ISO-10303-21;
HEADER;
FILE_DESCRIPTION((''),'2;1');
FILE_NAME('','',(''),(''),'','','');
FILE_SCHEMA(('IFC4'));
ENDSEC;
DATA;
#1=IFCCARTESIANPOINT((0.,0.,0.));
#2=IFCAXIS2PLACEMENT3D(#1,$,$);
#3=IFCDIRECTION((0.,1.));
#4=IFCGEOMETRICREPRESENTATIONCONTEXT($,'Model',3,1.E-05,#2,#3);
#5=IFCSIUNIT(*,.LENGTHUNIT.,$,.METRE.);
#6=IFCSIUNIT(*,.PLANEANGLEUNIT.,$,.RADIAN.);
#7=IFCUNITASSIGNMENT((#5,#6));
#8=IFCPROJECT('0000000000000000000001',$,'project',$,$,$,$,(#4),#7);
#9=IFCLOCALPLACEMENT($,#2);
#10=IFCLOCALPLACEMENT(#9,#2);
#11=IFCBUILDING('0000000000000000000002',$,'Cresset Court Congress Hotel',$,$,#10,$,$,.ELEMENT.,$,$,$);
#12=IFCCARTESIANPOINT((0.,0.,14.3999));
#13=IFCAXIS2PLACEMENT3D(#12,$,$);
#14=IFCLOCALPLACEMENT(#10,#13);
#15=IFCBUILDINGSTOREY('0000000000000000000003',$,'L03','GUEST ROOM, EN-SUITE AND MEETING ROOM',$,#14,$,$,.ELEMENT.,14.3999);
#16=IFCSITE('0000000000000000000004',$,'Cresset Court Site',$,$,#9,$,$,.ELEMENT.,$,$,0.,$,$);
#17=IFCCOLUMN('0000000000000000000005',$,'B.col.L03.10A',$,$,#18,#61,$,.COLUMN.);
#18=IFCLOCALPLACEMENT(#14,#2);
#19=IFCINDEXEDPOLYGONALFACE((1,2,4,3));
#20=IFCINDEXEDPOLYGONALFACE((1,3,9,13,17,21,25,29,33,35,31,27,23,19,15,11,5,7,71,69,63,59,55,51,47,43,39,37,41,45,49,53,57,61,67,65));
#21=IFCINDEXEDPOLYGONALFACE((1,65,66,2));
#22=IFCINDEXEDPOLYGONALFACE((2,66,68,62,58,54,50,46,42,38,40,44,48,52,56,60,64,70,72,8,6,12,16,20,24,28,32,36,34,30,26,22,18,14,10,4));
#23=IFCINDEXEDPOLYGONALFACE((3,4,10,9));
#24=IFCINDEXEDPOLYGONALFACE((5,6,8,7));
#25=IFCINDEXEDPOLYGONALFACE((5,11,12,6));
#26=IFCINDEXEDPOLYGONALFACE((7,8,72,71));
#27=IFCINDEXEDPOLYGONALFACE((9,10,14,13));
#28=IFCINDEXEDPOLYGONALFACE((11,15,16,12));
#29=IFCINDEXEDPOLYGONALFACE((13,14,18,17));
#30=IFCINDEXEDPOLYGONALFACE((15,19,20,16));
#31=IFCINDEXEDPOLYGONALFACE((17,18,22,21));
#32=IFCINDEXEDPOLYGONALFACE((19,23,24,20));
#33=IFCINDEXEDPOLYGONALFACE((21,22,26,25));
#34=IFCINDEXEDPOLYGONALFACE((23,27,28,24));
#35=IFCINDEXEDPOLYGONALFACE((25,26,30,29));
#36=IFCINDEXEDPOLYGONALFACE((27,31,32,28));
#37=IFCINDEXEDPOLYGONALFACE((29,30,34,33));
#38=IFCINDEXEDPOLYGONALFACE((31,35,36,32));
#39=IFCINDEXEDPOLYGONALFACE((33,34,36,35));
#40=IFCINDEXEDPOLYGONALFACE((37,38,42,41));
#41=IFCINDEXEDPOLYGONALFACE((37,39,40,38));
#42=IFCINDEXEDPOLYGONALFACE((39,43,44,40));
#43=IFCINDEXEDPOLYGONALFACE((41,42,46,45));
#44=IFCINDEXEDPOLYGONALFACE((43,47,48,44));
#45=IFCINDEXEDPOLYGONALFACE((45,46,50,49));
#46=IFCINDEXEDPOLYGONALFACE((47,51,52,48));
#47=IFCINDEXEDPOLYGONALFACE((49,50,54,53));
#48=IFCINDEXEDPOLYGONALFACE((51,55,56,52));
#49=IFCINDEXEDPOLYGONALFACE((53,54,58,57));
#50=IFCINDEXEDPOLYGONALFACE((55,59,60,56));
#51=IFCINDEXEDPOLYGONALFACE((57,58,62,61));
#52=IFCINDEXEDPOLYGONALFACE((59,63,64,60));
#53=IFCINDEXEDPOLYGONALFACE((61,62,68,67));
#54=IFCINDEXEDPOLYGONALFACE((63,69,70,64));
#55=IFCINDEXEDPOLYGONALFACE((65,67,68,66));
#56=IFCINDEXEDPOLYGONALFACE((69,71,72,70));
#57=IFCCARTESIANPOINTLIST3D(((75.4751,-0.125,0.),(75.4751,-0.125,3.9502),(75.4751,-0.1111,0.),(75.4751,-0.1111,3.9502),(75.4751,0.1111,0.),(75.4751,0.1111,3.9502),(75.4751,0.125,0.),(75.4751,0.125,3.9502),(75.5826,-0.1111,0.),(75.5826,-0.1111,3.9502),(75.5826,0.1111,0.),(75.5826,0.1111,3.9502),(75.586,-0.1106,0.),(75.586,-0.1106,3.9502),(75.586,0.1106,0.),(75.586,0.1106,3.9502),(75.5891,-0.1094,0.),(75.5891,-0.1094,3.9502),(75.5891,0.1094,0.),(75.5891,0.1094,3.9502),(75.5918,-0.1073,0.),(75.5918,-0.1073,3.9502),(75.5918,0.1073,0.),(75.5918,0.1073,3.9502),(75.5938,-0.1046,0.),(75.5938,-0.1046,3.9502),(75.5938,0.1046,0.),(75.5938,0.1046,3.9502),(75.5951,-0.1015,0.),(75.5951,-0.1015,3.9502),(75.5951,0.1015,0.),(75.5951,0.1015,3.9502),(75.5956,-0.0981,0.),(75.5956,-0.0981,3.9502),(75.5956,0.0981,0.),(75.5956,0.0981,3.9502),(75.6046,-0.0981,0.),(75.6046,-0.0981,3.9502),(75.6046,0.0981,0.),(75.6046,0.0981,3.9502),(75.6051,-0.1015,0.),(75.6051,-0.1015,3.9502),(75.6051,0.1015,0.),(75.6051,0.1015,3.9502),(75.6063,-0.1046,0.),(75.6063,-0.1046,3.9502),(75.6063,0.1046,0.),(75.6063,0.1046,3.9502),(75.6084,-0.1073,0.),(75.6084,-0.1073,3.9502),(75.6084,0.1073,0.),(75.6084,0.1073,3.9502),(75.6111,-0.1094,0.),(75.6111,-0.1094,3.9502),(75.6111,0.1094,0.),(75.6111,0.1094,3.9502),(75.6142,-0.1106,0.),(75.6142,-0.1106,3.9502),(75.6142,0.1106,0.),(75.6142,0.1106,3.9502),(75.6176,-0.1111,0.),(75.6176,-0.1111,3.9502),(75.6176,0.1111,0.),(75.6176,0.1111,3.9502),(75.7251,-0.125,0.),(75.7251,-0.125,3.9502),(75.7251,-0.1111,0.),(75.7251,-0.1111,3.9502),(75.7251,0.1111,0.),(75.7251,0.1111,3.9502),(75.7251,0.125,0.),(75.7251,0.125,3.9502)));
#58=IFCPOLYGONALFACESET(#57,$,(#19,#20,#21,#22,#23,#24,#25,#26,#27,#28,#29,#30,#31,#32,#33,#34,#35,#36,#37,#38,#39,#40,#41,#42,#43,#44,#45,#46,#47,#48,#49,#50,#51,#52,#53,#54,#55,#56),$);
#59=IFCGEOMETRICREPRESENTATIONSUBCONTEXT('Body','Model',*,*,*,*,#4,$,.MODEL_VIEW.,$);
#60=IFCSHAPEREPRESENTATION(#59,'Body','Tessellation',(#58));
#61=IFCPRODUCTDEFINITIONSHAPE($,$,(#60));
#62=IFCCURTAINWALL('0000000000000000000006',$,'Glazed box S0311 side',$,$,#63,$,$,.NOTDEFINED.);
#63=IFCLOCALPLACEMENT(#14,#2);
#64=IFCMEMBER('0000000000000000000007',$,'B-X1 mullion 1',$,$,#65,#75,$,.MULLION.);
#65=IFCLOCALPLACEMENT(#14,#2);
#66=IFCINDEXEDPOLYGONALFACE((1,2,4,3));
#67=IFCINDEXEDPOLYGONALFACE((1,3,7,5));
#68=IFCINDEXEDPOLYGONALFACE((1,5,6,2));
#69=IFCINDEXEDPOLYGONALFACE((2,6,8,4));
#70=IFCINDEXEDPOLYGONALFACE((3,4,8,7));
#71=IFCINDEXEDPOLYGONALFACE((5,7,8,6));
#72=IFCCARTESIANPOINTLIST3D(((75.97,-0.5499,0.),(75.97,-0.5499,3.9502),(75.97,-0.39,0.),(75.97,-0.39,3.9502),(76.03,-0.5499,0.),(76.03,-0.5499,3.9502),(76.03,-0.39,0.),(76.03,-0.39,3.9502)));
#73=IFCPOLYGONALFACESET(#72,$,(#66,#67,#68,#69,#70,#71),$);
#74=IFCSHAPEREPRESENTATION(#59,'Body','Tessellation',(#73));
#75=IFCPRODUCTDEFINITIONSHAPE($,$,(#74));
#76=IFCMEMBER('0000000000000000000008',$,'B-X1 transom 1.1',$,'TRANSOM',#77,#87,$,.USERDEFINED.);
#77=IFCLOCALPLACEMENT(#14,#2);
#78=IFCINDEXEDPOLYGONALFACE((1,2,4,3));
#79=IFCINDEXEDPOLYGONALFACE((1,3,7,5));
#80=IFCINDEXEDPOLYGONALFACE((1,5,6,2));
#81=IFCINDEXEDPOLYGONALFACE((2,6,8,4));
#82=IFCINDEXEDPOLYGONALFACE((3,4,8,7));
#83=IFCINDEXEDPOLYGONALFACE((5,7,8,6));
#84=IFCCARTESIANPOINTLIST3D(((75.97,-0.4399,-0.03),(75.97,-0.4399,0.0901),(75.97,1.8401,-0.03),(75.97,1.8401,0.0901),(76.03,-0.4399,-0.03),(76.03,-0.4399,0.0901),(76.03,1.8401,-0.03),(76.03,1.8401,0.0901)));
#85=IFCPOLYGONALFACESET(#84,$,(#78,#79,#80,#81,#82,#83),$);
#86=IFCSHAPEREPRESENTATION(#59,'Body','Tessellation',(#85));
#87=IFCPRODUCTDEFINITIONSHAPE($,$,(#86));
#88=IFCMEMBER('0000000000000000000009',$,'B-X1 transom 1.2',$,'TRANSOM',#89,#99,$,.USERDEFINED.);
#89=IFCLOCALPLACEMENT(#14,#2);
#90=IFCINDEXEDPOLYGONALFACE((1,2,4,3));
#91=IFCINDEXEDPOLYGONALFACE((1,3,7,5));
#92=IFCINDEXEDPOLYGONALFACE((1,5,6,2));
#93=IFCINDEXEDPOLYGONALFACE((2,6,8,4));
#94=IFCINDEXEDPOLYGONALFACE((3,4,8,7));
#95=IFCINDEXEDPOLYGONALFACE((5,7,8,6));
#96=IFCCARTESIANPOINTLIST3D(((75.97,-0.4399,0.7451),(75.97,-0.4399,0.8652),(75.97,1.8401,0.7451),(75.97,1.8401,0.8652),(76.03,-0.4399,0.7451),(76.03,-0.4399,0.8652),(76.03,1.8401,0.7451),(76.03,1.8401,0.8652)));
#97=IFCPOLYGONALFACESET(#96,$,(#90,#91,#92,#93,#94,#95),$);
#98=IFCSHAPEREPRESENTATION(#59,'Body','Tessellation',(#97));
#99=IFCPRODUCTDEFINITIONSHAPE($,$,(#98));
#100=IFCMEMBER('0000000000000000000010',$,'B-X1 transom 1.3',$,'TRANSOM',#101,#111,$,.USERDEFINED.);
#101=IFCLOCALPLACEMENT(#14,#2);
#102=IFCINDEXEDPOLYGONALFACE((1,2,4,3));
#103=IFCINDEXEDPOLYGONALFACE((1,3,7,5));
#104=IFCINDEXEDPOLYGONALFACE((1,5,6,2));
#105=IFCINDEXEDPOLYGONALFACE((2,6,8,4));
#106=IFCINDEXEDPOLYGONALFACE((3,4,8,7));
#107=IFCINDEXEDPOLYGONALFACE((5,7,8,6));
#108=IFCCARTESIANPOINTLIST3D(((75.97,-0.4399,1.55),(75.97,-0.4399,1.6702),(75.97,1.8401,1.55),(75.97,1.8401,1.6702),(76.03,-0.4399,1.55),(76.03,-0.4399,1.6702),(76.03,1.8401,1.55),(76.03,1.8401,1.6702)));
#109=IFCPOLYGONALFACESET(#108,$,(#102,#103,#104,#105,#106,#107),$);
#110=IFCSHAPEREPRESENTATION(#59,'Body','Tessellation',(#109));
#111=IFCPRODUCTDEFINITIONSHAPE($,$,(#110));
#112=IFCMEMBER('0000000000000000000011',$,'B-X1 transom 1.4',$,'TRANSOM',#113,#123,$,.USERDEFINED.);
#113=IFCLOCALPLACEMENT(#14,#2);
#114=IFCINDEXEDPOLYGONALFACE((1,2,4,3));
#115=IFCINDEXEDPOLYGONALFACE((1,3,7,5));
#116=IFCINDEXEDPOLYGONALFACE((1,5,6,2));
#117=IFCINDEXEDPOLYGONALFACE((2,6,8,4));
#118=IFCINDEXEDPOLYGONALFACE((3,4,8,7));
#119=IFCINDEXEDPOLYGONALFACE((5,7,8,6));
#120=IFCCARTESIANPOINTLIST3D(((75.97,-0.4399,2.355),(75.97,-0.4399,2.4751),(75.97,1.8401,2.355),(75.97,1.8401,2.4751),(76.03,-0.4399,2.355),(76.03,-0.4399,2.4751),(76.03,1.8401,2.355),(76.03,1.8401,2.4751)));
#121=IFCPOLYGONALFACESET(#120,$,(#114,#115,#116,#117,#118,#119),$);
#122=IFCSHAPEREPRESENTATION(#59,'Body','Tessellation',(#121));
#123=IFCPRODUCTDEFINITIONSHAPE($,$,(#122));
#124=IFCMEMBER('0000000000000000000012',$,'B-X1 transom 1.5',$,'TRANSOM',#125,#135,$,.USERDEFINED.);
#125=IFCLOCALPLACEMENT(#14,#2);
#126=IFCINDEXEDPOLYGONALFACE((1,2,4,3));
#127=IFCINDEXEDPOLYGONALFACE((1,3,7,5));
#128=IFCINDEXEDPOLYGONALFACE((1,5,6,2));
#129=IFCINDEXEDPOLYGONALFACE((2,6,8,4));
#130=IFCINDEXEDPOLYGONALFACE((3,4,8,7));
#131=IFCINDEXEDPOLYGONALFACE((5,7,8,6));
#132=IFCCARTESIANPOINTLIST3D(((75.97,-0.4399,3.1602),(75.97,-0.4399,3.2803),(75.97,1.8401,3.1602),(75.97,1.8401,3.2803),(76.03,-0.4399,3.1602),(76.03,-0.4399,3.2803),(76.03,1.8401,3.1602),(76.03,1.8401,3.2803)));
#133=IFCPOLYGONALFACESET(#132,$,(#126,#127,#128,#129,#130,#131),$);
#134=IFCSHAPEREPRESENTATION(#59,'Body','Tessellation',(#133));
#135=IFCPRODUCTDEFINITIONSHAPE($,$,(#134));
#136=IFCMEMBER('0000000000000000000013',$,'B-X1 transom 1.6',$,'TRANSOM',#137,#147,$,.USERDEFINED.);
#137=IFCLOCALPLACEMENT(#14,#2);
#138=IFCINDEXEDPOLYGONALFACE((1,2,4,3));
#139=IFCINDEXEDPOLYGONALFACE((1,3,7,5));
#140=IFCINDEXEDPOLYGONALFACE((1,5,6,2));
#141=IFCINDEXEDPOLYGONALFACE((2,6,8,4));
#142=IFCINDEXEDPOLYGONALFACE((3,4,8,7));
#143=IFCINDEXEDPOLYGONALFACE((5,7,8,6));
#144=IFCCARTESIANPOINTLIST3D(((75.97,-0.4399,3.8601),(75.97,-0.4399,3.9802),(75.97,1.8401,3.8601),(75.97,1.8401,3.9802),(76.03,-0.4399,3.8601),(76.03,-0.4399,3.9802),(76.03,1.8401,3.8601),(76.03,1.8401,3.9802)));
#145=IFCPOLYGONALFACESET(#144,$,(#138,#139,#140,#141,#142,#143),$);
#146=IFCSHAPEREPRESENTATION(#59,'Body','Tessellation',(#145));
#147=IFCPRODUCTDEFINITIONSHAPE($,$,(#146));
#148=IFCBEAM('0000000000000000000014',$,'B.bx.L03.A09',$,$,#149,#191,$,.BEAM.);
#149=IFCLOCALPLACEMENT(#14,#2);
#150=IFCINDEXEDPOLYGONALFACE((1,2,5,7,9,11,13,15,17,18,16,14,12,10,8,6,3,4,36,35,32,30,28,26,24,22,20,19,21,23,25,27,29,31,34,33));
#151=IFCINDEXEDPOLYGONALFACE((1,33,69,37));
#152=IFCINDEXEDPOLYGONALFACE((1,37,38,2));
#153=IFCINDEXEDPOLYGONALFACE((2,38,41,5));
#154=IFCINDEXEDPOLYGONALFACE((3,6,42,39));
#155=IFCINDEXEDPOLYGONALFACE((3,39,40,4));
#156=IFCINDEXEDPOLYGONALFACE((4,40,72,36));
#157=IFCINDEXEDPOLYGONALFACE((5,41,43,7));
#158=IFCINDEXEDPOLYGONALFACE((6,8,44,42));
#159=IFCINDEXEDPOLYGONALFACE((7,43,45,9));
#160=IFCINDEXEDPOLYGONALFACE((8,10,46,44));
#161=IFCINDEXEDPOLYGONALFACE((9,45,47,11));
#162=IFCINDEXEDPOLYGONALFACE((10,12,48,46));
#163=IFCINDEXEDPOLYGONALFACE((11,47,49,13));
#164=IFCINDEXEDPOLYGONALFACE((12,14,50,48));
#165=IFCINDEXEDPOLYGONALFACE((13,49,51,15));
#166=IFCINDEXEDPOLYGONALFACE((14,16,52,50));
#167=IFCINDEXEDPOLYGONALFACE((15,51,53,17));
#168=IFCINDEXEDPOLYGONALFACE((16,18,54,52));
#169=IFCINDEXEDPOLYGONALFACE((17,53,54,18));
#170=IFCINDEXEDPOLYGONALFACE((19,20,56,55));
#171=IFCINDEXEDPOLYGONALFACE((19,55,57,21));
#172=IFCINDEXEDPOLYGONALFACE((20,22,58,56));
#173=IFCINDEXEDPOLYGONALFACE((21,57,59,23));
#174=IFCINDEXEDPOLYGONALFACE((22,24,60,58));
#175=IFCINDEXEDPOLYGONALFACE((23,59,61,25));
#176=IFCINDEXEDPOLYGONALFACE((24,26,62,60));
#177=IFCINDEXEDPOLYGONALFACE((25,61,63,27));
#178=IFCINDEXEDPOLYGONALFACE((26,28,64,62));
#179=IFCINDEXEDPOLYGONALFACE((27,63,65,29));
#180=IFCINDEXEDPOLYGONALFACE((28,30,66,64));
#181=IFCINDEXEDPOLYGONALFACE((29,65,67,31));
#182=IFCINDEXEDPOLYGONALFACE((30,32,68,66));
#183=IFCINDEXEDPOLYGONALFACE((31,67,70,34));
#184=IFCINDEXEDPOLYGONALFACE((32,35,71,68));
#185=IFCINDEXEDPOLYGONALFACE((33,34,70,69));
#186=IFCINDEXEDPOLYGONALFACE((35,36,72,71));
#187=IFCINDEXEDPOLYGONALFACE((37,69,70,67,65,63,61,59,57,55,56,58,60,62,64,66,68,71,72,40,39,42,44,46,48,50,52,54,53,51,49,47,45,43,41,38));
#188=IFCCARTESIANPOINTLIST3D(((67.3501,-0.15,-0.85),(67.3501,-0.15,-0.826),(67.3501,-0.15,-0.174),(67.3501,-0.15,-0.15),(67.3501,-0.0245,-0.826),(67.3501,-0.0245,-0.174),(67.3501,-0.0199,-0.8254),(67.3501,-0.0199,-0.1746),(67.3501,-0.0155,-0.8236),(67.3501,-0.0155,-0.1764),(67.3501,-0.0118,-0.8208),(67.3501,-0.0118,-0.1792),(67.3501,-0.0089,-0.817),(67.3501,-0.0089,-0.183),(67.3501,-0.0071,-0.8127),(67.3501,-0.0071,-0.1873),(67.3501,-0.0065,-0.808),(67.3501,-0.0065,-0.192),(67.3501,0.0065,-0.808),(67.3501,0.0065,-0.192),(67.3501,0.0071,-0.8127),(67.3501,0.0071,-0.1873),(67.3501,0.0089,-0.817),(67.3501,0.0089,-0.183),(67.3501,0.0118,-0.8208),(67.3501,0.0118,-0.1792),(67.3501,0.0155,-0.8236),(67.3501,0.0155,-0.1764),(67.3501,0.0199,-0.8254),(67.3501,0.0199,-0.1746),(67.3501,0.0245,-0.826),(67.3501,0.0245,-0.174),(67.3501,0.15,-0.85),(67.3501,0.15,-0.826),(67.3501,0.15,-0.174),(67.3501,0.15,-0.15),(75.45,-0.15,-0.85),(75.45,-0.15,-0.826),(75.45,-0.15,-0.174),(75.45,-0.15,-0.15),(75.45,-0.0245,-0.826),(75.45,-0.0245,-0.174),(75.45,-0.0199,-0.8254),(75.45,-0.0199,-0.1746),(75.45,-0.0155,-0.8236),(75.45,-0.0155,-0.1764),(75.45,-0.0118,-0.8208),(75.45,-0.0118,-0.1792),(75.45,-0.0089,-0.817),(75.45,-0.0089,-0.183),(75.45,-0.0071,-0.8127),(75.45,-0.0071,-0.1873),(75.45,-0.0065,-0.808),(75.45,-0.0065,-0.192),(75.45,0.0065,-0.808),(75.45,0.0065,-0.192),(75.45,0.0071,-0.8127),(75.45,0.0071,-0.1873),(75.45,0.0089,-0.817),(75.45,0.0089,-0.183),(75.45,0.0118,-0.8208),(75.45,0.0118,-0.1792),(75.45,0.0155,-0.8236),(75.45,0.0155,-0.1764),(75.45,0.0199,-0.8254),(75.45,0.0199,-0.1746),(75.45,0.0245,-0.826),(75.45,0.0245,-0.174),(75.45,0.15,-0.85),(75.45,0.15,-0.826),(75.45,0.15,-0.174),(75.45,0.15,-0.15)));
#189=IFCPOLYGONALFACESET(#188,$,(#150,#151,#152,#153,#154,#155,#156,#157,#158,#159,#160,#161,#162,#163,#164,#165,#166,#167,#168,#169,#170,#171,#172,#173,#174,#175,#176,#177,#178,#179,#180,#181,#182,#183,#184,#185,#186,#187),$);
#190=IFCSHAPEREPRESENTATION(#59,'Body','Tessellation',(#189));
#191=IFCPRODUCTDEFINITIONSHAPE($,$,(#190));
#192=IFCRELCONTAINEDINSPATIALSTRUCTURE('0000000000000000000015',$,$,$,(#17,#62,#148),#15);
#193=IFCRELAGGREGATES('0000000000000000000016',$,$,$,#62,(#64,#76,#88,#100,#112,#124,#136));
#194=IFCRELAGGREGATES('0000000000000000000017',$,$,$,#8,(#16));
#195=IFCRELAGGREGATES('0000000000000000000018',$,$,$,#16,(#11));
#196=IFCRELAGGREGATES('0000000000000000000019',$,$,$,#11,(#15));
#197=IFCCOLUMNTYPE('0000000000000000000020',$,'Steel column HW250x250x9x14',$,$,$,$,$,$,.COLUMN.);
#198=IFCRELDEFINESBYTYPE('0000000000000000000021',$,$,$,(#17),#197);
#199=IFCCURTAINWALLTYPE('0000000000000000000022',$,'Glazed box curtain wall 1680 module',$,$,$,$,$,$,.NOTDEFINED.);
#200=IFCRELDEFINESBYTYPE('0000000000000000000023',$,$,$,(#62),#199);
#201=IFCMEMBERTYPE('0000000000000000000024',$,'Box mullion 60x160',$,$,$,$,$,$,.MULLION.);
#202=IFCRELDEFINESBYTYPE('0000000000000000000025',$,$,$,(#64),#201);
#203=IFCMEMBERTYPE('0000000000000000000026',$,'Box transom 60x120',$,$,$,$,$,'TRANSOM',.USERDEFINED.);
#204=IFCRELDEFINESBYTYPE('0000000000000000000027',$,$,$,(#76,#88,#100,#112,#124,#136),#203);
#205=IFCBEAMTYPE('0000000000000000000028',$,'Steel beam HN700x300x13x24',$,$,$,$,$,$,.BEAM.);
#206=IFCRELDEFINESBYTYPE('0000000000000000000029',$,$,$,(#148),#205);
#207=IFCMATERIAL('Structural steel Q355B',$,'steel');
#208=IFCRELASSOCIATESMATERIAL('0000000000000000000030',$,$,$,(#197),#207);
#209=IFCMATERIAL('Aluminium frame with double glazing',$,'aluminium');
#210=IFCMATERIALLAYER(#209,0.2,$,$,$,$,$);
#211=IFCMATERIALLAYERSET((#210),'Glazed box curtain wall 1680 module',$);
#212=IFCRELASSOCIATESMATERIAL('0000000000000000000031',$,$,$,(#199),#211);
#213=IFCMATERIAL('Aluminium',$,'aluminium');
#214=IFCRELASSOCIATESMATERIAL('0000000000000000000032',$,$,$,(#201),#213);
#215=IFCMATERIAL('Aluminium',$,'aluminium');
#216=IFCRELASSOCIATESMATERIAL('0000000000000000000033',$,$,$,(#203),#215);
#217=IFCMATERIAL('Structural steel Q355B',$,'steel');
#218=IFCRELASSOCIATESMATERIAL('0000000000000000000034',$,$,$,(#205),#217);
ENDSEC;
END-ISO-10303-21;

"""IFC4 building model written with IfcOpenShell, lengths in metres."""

from ifc_helpers import new_model, si_unit, direction, frame, origin, origin_2d, place, context, subcontext, project, spatial, rectangle, i_section, extrude, material, layer, layer_set, material_profile, profile_set, type_object, element, aggregate, save


model = new_model("IFC4")

# Units and contexts
model_context = context("Model", 3, precision=1e-05, world=origin(), true_north=direction((0.0, 1.0)))
body_context = subcontext(model_context, "Body", "Model", "MODEL_VIEW")
ifc_project = project(units=[si_unit("LENGTHUNIT", "METRE"), si_unit("PLANEANGLEUNIT", "RADIAN")], contexts=[model_context])

# Site, building, storey
site_placement = place(None, origin())
site = spatial("IfcSite", under=ifc_project, at=site_placement, Name="Cresset Court Site", CompositionType="ELEMENT", RefElevation=0.0)
building_placement = place(site_placement, origin())
building = spatial("IfcBuilding", under=site, at=building_placement, Name="Cresset Court Congress Hotel", CompositionType="ELEMENT")
storey_placement = place(building_placement, frame((0.0, 0.0, 14.3999)))
storey = spatial("IfcBuildingStorey", under=building, at=storey_placement, Name="L03", Description="GUEST ROOM, EN-SUITE AND MEETING ROOM", CompositionType="ELEMENT", Elevation=14.3999)

# Column
ifc_material_1 = material(Name="Structural steel Q355B", Category="steel")
ifc_material_profile_1 = material_profile(ifc_material_1, i_section(OverallWidth=0.25, OverallDepth=0.25, WebThickness=0.009, FlangeThickness=0.0139, FilletRadius=0.0129, at=origin_2d()), Name="HW250x250x9x14")
ifc_profile_set_1 = profile_set([ifc_material_profile_1], Name="Structural steel Q355B")
column_type = type_object("IfcColumnType", Name="Steel column HW250x250x9x14", PredefinedType="COLUMN", material=ifc_profile_set_1)
column_placement = place(storey_placement, frame((75.6001, 0.0, 0.0), z_axis=(0.0, 0.0, 1.0), x_axis=(1.0, 0.0, 0.0)))
element("IfcColumn", 1, at=column_placement, inside=storey, type_object=column_type, Name="B.col.L03.10A", PredefinedType="COLUMN", context=body_context, shape_type="SweptSolid", body=[
    extrude(i_section(OverallWidth=0.25, OverallDepth=0.25, WebThickness=0.009, FlangeThickness=0.0139, FilletRadius=0.0129, at=origin_2d()), origin(), (0.0, 0.0, 1.0), 3.9502),
])

# Curtain wall, members
ifc_material_2 = material(Name="Aluminium frame with double glazing", Category="aluminium")
ifc_layer = layer(ifc_material_2, 0.2)
ifc_layer_set = layer_set([ifc_layer], Name="Glazed box curtain wall 1680 module")
curtain_wall_type = type_object("IfcCurtainWallType", Name="Glazed box curtain wall 1680 module", PredefinedType="NOTDEFINED", material=ifc_layer_set)
curtain_wall_placement = place(storey_placement, origin())
curtain_wall = element("IfcCurtainWall", 2, at=curtain_wall_placement, inside=storey, type_object=curtain_wall_type, Name="Glazed box S0311 side", PredefinedType="NOTDEFINED")
ifc_material_3 = material(Name="Aluminium", Category="aluminium")
ifc_material_profile_2 = material_profile(ifc_material_3, rectangle(XDim=0.0601, YDim=0.1599, at=origin_2d()), Name="Box mullion 60x160")
ifc_profile_set_2 = profile_set([ifc_material_profile_2], Name="Aluminium")
member_type_1 = type_object("IfcMemberType", Name="Box mullion 60x160", PredefinedType="MULLION", material=ifc_profile_set_2)
member_1_placement = place(storey_placement, frame((76.0, -0.47, 0.0), z_axis=(0.0, 0.0, 1.0), x_axis=(-1.0, 0.0, 0.0)))
member_1 = element("IfcMember", 3, at=member_1_placement, type_object=member_type_1, Name="B-X1 mullion 1", PredefinedType="MULLION", context=body_context, shape_type="SweptSolid", body=[
    extrude(rectangle(XDim=0.0601, YDim=0.1599, at=origin_2d()), origin(), (0.0, 0.0, 1.0), 3.9502),
])
ifc_material_4 = material(Name="Aluminium", Category="aluminium")
ifc_material_profile_3 = material_profile(ifc_material_4, rectangle(XDim=0.0601, YDim=0.1201, at=origin_2d()), Name="Box transom 60x120")
ifc_profile_set_3 = profile_set([ifc_material_profile_3], Name="Aluminium")
member_type_2 = type_object("IfcMemberType", Name="Box transom 60x120", ElementType="TRANSOM", PredefinedType="USERDEFINED", material=ifc_profile_set_3)
member_2_placement = place(storey_placement, frame((76.0, -0.4399, 0.03), z_axis=(0.0, 1.0, 0.0), x_axis=(-1.0, 0.0, 0.0)))
member_2 = element("IfcMember", 4, at=member_2_placement, type_object=member_type_2, Name="B-X1 transom 1.1", ObjectType="TRANSOM", PredefinedType="USERDEFINED", context=body_context, shape_type="SweptSolid", body=[
    extrude(rectangle(XDim=0.0601, YDim=0.1201, at=origin_2d()), origin(), (0.0, 0.0, 1.0), 2.28),
])
member_3_placement = place(storey_placement, frame((76.0, -0.4399, 0.8052), z_axis=(0.0, 1.0, 0.0), x_axis=(-1.0, 0.0, 0.0)))
member_3 = element("IfcMember", 5, at=member_3_placement, type_object=member_type_2, Name="B-X1 transom 1.2", ObjectType="TRANSOM", PredefinedType="USERDEFINED", context=body_context, shape_type="SweptSolid", body=[
    extrude(rectangle(XDim=0.0601, YDim=0.1201, at=origin_2d()), origin(), (0.0, 0.0, 1.0), 2.28),
])
member_4_placement = place(storey_placement, frame((76.0, -0.4399, 1.6101), z_axis=(0.0, 1.0, 0.0), x_axis=(-1.0, 0.0, 0.0)))
member_4 = element("IfcMember", 6, at=member_4_placement, type_object=member_type_2, Name="B-X1 transom 1.3", ObjectType="TRANSOM", PredefinedType="USERDEFINED", context=body_context, shape_type="SweptSolid", body=[
    extrude(rectangle(XDim=0.0601, YDim=0.1201, at=origin_2d()), origin(), (0.0, 0.0, 1.0), 2.28),
])
member_5_placement = place(storey_placement, frame((76.0, -0.4399, 2.415), z_axis=(0.0, 1.0, 0.0), x_axis=(-1.0, 0.0, 0.0)))
member_5 = element("IfcMember", 7, at=member_5_placement, type_object=member_type_2, Name="B-X1 transom 1.4", ObjectType="TRANSOM", PredefinedType="USERDEFINED", context=body_context, shape_type="SweptSolid", body=[
    extrude(rectangle(XDim=0.0601, YDim=0.1201, at=origin_2d()), origin(), (0.0, 0.0, 1.0), 2.28),
])
member_6_placement = place(storey_placement, frame((76.0, -0.4399, 3.2202), z_axis=(0.0, 1.0, 0.0), x_axis=(-1.0, 0.0, 0.0)))
member_6 = element("IfcMember", 8, at=member_6_placement, type_object=member_type_2, Name="B-X1 transom 1.5", ObjectType="TRANSOM", PredefinedType="USERDEFINED", context=body_context, shape_type="SweptSolid", body=[
    extrude(rectangle(XDim=0.0601, YDim=0.1201, at=origin_2d()), origin(), (0.0, 0.0, 1.0), 2.28),
])
member_7_placement = place(storey_placement, frame((76.0, -0.4399, 3.9202), z_axis=(0.0, 1.0, 0.0), x_axis=(-1.0, 0.0, 0.0)))
member_7 = element("IfcMember", 9, at=member_7_placement, type_object=member_type_2, Name="B-X1 transom 1.6", ObjectType="TRANSOM", PredefinedType="USERDEFINED", context=body_context, shape_type="SweptSolid", body=[
    extrude(rectangle(XDim=0.0601, YDim=0.1201, at=origin_2d()), origin(), (0.0, 0.0, 1.0), 2.28),
])
aggregate(curtain_wall, [member_1, member_2, member_3, member_4, member_5, member_6, member_7])

# Beam
ifc_material_5 = material(Name="Structural steel Q355B", Category="steel")
ifc_material_profile_4 = material_profile(ifc_material_5, i_section(OverallWidth=0.3, OverallDepth=0.7, WebThickness=0.0129, FlangeThickness=0.0239, FilletRadius=0.0181, at=origin_2d()), Name="HN700x300x13x24")
ifc_profile_set_4 = profile_set([ifc_material_profile_4], Name="Structural steel Q355B")
beam_type = type_object("IfcBeamType", Name="Steel beam HN700x300x13x24", PredefinedType="BEAM", material=ifc_profile_set_4)
beam_placement = place(storey_placement, frame((67.3501, 0.0, -0.5), z_axis=(1.0, 0.0, 0.0), x_axis=(0.0, 1.0, 0.0)))
element("IfcBeam", 10, at=beam_placement, inside=storey, type_object=beam_type, Name="B.bx.L03.A09", PredefinedType="BEAM", context=body_context, shape_type="SweptSolid", body=[
    extrude(i_section(OverallWidth=0.3, OverallDepth=0.7, WebThickness=0.0129, FlangeThickness=0.0239, FilletRadius=0.0181, at=origin_2d()), origin(), (0.0, 0.0, 1.0), 8.0999),
])

save(model, "model.ifc")
